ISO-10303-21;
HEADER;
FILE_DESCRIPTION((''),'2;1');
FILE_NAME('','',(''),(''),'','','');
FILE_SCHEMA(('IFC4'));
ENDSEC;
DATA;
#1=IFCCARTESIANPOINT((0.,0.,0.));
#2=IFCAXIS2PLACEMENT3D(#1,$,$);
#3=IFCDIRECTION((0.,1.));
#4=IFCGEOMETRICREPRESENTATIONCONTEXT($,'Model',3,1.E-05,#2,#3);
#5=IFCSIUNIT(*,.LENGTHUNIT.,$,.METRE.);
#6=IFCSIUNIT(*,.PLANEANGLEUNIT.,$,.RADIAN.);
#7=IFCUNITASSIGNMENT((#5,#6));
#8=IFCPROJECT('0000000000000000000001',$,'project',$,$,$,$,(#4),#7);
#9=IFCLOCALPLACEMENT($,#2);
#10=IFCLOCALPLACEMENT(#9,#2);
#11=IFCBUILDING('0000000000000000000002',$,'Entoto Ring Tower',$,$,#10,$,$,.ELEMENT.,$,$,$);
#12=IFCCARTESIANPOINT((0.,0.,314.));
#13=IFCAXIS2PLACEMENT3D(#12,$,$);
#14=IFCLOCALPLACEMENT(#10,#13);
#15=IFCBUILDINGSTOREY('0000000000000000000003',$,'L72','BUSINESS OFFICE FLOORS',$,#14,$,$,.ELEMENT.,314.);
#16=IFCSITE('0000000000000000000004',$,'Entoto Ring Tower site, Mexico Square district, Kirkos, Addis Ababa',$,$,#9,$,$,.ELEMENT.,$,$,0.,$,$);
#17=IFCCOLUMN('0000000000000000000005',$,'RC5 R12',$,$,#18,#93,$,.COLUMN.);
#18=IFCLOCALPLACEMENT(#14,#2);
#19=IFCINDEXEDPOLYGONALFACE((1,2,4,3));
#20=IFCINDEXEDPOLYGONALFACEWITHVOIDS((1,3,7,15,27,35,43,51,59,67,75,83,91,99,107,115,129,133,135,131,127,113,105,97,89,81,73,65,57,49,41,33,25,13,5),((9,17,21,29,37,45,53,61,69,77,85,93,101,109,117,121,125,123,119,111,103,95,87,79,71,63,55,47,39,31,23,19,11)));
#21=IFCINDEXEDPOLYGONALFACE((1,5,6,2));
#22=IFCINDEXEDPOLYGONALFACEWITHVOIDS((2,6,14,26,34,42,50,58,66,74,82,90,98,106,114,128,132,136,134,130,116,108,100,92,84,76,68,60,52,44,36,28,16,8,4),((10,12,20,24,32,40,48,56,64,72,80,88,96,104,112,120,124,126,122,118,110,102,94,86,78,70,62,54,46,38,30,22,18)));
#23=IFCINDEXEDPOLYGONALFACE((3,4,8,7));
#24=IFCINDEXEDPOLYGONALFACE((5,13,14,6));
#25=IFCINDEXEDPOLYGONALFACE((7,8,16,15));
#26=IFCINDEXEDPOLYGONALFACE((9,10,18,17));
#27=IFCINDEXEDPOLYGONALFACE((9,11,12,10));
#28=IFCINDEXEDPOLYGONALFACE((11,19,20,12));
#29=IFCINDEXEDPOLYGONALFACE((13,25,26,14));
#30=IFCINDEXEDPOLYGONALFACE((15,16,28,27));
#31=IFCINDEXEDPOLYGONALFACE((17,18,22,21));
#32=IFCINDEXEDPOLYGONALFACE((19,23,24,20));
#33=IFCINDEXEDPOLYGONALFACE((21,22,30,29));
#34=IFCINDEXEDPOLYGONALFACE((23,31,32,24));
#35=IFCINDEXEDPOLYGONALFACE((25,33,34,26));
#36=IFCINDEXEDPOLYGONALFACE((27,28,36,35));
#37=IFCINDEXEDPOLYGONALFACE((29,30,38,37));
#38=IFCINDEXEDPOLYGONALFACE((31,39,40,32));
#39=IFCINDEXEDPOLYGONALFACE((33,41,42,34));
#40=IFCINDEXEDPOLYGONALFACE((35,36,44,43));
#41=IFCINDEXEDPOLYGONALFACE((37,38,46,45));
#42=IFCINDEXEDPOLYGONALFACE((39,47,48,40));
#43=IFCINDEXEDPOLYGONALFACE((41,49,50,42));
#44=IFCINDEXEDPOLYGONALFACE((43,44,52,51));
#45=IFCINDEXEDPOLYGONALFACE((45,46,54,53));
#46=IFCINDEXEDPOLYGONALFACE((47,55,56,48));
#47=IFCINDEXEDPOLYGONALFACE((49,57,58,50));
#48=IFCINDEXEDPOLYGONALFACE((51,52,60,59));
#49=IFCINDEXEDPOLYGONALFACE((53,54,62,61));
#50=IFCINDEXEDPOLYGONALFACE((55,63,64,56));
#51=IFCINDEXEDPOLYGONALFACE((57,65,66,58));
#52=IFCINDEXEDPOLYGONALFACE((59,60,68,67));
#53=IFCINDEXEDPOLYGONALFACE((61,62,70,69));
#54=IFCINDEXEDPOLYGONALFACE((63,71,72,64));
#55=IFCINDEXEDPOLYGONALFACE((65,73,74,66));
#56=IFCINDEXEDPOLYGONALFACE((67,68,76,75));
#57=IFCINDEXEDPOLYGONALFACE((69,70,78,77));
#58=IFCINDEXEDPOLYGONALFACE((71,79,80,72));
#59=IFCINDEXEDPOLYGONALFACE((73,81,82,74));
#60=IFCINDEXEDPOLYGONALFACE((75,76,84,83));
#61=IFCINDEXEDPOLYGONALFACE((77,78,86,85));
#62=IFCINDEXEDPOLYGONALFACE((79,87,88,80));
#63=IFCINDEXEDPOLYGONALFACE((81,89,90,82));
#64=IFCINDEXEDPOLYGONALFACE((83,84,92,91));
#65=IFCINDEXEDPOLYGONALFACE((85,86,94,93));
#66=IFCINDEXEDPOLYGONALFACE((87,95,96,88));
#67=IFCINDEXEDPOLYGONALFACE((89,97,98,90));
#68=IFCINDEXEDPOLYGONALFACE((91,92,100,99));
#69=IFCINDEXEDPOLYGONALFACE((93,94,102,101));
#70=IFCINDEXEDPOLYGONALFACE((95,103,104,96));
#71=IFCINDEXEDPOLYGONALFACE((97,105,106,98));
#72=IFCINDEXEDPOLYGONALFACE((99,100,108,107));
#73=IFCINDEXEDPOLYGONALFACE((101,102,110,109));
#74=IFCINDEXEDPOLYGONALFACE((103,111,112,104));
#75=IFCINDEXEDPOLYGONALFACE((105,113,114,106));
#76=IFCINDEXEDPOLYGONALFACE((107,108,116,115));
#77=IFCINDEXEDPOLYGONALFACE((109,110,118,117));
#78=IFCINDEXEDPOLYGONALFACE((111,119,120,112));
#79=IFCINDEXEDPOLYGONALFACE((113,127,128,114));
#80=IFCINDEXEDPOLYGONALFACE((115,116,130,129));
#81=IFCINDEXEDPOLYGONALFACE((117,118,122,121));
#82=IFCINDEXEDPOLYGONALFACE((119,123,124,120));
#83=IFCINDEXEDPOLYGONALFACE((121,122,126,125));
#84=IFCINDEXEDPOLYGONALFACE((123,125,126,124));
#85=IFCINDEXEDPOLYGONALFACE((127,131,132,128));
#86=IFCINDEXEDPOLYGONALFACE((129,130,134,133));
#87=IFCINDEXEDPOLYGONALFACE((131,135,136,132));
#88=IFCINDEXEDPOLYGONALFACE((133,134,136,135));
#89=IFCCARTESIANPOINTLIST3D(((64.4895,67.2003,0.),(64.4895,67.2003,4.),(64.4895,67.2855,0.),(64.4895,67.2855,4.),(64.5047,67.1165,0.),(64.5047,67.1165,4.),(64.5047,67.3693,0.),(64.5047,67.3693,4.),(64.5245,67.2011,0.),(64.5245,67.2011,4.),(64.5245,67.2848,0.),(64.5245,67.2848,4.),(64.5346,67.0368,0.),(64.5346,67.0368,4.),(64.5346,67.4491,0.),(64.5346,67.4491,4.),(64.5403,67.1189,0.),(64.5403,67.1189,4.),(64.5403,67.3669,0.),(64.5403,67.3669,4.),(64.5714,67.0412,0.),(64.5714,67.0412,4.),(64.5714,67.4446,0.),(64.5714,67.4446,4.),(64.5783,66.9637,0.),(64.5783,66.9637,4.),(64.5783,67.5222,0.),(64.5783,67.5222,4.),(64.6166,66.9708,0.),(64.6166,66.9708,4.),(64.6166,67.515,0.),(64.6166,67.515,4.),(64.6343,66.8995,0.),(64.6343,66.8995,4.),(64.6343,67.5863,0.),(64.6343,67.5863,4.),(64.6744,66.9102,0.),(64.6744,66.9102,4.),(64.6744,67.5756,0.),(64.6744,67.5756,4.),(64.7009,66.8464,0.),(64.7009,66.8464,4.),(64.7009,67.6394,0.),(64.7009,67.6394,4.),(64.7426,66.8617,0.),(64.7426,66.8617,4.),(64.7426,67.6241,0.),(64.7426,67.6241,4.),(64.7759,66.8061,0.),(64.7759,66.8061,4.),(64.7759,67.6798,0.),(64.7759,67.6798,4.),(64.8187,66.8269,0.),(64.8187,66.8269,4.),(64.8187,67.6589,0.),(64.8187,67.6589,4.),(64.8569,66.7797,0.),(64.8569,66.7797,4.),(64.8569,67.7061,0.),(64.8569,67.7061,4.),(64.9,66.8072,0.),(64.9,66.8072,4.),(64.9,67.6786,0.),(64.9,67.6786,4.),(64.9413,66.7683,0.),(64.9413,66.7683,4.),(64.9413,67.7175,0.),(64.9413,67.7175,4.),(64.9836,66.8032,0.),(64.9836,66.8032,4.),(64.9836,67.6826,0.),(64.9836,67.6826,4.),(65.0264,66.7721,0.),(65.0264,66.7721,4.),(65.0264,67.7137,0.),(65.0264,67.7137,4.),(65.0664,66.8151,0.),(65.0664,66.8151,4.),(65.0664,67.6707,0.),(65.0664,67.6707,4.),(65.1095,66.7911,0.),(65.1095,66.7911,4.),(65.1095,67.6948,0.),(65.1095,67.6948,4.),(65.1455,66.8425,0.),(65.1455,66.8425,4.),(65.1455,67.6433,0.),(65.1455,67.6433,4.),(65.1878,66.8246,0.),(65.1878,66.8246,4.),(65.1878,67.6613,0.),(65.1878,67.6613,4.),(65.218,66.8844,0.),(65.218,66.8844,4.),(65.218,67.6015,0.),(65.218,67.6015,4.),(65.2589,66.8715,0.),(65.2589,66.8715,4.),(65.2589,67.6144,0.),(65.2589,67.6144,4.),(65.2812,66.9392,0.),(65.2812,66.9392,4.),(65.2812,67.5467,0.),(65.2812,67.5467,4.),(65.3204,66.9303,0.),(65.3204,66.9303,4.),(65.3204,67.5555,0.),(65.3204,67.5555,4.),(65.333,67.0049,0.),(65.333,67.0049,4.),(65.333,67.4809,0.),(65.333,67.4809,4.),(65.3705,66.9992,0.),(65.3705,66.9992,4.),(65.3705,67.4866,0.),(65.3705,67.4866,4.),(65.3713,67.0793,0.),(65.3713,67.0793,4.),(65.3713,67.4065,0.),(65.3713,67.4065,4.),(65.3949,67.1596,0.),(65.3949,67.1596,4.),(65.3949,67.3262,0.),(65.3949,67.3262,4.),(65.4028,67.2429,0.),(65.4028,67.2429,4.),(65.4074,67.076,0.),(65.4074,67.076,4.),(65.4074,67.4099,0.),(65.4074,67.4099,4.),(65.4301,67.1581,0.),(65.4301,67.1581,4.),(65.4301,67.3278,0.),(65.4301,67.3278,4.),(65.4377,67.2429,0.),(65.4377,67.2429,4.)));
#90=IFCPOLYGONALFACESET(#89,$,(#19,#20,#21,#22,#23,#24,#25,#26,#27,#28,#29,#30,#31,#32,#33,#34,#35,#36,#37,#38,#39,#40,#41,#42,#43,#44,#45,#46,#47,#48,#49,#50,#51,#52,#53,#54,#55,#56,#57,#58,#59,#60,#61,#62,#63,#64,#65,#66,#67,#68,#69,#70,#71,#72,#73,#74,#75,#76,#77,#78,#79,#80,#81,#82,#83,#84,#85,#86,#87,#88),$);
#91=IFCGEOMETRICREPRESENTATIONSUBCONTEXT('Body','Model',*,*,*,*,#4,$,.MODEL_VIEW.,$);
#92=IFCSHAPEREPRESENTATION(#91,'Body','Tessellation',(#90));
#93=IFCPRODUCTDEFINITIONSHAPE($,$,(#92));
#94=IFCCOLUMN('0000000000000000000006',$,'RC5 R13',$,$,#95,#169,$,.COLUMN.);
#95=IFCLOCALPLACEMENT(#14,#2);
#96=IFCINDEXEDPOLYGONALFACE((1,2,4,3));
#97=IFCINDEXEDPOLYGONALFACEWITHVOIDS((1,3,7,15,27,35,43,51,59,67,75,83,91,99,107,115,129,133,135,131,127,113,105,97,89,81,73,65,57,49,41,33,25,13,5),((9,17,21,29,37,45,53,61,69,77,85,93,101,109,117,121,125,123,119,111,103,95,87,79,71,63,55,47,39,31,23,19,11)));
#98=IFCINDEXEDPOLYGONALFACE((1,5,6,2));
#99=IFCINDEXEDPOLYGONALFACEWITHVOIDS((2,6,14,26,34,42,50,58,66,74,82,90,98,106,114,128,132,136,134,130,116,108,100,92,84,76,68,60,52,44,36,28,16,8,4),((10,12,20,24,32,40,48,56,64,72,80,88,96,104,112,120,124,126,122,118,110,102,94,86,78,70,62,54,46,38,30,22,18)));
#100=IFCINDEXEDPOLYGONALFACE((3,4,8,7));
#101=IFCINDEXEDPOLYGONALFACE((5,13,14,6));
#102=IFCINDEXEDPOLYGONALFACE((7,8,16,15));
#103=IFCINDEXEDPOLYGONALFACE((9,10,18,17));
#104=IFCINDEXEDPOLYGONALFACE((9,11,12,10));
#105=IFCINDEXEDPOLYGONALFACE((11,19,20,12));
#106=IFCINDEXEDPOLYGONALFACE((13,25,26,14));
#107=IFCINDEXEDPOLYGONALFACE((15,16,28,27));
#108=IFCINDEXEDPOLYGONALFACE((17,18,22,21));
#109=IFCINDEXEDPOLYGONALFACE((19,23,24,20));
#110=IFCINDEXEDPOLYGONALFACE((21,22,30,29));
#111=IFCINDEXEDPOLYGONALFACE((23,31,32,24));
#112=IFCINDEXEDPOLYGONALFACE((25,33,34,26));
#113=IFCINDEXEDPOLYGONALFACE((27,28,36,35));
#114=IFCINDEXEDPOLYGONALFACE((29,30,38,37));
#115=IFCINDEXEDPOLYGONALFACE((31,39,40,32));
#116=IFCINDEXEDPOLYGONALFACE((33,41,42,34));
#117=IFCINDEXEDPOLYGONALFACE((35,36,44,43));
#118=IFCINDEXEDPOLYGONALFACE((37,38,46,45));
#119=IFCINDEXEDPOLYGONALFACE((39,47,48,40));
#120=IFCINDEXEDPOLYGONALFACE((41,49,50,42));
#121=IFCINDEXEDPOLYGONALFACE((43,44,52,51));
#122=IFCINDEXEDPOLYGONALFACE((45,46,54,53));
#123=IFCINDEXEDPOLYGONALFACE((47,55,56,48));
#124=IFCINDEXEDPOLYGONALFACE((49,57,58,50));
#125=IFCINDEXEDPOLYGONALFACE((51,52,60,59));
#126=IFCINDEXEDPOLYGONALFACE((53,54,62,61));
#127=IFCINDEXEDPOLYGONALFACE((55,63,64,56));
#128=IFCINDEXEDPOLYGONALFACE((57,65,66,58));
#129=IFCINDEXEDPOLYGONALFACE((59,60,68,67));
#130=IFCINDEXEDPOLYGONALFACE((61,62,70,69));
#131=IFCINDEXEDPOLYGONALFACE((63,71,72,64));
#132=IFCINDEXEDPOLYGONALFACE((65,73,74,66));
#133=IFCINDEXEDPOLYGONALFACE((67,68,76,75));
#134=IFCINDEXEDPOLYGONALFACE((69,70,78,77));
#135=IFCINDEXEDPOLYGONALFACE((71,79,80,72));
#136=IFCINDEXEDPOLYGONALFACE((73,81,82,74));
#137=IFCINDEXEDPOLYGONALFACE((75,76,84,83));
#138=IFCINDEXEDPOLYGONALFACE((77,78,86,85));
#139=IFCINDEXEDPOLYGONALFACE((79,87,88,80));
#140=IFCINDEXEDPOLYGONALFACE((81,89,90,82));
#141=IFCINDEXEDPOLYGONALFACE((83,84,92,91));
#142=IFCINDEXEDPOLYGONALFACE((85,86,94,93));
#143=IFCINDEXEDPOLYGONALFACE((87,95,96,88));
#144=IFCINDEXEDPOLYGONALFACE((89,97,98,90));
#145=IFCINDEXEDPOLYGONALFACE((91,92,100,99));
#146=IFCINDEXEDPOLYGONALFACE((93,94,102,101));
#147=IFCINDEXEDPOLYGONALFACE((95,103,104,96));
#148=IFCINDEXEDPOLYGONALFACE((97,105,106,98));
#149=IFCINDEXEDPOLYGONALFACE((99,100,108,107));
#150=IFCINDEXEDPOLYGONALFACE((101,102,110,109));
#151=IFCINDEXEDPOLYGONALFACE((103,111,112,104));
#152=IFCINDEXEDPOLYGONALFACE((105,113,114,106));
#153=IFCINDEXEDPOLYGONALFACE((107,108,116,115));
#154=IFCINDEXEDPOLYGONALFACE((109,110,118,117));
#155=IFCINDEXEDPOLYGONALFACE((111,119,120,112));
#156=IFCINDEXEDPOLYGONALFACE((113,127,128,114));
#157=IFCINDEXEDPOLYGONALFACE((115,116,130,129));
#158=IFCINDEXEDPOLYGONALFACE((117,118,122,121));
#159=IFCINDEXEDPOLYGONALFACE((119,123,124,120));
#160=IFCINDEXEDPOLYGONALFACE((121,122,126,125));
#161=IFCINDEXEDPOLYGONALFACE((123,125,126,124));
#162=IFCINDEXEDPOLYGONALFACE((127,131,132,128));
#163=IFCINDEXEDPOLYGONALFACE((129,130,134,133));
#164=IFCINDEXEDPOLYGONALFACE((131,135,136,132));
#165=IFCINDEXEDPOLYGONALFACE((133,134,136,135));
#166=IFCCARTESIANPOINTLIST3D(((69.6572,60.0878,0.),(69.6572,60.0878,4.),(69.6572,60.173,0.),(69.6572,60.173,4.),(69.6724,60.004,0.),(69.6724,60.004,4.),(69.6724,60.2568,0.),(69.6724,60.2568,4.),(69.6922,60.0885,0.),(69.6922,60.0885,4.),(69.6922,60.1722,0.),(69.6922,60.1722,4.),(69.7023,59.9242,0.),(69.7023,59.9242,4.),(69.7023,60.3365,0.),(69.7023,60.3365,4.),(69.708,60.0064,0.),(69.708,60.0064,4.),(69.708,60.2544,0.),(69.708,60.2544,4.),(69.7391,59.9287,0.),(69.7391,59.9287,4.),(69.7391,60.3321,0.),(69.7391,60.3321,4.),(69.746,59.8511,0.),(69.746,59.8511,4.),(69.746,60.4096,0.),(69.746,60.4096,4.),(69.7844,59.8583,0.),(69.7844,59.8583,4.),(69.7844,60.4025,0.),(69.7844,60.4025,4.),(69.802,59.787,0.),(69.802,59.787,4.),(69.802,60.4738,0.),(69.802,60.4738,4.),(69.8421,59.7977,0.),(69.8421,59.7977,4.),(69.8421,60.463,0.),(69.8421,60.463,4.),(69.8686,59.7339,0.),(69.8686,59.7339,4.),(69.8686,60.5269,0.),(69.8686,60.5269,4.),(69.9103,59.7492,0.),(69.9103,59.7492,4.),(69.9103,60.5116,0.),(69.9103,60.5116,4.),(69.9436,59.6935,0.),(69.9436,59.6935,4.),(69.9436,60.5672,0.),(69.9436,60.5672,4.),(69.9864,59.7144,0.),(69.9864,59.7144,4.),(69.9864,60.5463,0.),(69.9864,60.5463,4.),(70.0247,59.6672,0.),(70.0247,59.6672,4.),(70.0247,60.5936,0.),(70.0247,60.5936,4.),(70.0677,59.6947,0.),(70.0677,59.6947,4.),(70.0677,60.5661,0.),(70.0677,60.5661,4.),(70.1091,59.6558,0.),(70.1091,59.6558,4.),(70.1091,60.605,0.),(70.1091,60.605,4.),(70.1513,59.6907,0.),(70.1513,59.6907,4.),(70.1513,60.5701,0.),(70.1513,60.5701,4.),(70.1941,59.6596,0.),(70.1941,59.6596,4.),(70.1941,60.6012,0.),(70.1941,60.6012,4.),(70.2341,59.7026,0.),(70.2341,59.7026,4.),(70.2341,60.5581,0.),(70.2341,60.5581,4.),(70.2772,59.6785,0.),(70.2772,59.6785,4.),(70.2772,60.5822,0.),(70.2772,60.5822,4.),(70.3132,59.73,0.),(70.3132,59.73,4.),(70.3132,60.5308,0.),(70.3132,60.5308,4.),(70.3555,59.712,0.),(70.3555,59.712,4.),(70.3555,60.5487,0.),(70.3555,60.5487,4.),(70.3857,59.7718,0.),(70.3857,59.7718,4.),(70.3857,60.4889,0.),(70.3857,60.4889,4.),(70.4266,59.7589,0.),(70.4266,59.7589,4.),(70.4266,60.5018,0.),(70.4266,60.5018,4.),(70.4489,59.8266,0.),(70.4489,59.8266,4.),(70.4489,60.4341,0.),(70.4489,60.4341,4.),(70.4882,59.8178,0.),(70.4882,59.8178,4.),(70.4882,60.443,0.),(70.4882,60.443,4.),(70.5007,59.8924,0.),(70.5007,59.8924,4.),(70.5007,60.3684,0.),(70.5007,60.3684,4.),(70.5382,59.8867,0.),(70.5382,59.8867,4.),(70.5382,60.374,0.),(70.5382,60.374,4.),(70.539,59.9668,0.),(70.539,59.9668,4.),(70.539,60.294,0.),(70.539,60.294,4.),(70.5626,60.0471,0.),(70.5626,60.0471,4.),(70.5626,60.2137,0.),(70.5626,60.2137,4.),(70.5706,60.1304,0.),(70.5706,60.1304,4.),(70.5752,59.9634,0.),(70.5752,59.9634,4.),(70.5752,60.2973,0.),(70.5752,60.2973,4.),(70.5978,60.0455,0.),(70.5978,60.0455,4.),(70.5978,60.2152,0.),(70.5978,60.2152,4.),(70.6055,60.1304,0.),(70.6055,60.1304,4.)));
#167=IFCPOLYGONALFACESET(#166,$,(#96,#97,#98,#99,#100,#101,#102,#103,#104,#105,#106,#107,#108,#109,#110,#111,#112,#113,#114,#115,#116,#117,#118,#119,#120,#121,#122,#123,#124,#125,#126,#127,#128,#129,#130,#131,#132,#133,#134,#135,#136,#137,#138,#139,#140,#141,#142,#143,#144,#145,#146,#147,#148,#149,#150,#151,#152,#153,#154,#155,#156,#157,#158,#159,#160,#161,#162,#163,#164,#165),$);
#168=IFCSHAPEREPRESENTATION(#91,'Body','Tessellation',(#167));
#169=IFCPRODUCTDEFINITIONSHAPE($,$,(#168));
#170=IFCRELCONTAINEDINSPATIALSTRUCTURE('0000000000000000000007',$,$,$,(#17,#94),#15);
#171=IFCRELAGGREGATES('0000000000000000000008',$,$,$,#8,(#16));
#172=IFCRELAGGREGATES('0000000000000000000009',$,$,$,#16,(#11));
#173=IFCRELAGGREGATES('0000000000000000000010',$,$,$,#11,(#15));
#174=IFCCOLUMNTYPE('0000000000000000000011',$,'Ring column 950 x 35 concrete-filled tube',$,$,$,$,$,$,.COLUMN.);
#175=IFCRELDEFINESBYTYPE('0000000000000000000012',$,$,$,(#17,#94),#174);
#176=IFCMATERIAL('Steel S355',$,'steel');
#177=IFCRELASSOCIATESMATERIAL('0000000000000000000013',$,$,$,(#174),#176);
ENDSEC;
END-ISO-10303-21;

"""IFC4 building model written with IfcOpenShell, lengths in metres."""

from ifc_helpers import new_model, si_unit, direction, frame, origin, origin_2d, place, context, subcontext, project, spatial, circle, hollow_circle, extrude, material, material_profile, profile_set, type_object, element, save


model = new_model("IFC4")

# Units and contexts
model_context = context("Model", 3, precision=1e-05, world=origin(), true_north=direction((0.0, 1.0)))
body_context = subcontext(model_context, "Body", "Model", "MODEL_VIEW")
ifc_project = project(units=[si_unit("LENGTHUNIT", "METRE"), si_unit("PLANEANGLEUNIT", "RADIAN")], contexts=[model_context])

# Site, building, storey
site_placement = place(None, origin())
site = spatial("IfcSite", under=ifc_project, at=site_placement, Name="Entoto Ring Tower site, Mexico Square district, Kirkos, Addis Ababa", CompositionType="ELEMENT", RefElevation=0.0)
building_placement = place(site_placement, origin())
building = spatial("IfcBuilding", under=site, at=building_placement, Name="Entoto Ring Tower", CompositionType="ELEMENT")
storey_placement = place(building_placement, frame((0.0, 0.0, 314.0)))
storey = spatial("IfcBuildingStorey", under=building, at=storey_placement, Name="L72", Description="BUSINESS OFFICE FLOORS", CompositionType="ELEMENT", Elevation=314.0)

# Columns
ifc_material_1 = material(Name="Steel S355", Category="steel")
ifc_material_profile_1 = material_profile(ifc_material_1, hollow_circle(Radius=0.4751, WallThickness=0.0349, at=origin_2d()), Name="CHS 950 x 35")
ifc_material_2 = material(Name="Concrete C60/75", Category="concrete")
ifc_material_profile_2 = material_profile(ifc_material_2, circle(Radius=0.4399, at=origin_2d()), Name="Concrete C60/75 infill")
ifc_profile_set_1 = profile_set([ifc_material_profile_1, ifc_material_profile_2], Name="Steel S355")
column_type = type_object("IfcColumnType", Name="Ring column 950 x 35 concrete-filled tube", PredefinedType="COLUMN", material=ifc_profile_set_1)
for number, where, z_axis, x_axis, name in (
    (1, (64.9626, 67.2429, 0.0), (0.0, 0.0, 1.0), (1.0, 0.0, 0.0), "RC5 R12"),
    (2, (70.1304, 60.1304, 0.0), (0.0, 0.0, 1.0), (1.0, 0.0, 0.0), "RC5 R13"),
):
    element("IfcColumn", number, at=place(storey_placement, frame(where, z_axis=z_axis, x_axis=x_axis)), inside=storey, type_object=column_type, Name=name, PredefinedType="COLUMN", context=body_context, shape_type="SweptSolid", body=[
        extrude(hollow_circle(Radius=0.4751, WallThickness=0.0349, at=origin_2d()), origin(), (0.0, 0.0, 1.0), 4.0),
    ])

save(model, "model.ifc")
